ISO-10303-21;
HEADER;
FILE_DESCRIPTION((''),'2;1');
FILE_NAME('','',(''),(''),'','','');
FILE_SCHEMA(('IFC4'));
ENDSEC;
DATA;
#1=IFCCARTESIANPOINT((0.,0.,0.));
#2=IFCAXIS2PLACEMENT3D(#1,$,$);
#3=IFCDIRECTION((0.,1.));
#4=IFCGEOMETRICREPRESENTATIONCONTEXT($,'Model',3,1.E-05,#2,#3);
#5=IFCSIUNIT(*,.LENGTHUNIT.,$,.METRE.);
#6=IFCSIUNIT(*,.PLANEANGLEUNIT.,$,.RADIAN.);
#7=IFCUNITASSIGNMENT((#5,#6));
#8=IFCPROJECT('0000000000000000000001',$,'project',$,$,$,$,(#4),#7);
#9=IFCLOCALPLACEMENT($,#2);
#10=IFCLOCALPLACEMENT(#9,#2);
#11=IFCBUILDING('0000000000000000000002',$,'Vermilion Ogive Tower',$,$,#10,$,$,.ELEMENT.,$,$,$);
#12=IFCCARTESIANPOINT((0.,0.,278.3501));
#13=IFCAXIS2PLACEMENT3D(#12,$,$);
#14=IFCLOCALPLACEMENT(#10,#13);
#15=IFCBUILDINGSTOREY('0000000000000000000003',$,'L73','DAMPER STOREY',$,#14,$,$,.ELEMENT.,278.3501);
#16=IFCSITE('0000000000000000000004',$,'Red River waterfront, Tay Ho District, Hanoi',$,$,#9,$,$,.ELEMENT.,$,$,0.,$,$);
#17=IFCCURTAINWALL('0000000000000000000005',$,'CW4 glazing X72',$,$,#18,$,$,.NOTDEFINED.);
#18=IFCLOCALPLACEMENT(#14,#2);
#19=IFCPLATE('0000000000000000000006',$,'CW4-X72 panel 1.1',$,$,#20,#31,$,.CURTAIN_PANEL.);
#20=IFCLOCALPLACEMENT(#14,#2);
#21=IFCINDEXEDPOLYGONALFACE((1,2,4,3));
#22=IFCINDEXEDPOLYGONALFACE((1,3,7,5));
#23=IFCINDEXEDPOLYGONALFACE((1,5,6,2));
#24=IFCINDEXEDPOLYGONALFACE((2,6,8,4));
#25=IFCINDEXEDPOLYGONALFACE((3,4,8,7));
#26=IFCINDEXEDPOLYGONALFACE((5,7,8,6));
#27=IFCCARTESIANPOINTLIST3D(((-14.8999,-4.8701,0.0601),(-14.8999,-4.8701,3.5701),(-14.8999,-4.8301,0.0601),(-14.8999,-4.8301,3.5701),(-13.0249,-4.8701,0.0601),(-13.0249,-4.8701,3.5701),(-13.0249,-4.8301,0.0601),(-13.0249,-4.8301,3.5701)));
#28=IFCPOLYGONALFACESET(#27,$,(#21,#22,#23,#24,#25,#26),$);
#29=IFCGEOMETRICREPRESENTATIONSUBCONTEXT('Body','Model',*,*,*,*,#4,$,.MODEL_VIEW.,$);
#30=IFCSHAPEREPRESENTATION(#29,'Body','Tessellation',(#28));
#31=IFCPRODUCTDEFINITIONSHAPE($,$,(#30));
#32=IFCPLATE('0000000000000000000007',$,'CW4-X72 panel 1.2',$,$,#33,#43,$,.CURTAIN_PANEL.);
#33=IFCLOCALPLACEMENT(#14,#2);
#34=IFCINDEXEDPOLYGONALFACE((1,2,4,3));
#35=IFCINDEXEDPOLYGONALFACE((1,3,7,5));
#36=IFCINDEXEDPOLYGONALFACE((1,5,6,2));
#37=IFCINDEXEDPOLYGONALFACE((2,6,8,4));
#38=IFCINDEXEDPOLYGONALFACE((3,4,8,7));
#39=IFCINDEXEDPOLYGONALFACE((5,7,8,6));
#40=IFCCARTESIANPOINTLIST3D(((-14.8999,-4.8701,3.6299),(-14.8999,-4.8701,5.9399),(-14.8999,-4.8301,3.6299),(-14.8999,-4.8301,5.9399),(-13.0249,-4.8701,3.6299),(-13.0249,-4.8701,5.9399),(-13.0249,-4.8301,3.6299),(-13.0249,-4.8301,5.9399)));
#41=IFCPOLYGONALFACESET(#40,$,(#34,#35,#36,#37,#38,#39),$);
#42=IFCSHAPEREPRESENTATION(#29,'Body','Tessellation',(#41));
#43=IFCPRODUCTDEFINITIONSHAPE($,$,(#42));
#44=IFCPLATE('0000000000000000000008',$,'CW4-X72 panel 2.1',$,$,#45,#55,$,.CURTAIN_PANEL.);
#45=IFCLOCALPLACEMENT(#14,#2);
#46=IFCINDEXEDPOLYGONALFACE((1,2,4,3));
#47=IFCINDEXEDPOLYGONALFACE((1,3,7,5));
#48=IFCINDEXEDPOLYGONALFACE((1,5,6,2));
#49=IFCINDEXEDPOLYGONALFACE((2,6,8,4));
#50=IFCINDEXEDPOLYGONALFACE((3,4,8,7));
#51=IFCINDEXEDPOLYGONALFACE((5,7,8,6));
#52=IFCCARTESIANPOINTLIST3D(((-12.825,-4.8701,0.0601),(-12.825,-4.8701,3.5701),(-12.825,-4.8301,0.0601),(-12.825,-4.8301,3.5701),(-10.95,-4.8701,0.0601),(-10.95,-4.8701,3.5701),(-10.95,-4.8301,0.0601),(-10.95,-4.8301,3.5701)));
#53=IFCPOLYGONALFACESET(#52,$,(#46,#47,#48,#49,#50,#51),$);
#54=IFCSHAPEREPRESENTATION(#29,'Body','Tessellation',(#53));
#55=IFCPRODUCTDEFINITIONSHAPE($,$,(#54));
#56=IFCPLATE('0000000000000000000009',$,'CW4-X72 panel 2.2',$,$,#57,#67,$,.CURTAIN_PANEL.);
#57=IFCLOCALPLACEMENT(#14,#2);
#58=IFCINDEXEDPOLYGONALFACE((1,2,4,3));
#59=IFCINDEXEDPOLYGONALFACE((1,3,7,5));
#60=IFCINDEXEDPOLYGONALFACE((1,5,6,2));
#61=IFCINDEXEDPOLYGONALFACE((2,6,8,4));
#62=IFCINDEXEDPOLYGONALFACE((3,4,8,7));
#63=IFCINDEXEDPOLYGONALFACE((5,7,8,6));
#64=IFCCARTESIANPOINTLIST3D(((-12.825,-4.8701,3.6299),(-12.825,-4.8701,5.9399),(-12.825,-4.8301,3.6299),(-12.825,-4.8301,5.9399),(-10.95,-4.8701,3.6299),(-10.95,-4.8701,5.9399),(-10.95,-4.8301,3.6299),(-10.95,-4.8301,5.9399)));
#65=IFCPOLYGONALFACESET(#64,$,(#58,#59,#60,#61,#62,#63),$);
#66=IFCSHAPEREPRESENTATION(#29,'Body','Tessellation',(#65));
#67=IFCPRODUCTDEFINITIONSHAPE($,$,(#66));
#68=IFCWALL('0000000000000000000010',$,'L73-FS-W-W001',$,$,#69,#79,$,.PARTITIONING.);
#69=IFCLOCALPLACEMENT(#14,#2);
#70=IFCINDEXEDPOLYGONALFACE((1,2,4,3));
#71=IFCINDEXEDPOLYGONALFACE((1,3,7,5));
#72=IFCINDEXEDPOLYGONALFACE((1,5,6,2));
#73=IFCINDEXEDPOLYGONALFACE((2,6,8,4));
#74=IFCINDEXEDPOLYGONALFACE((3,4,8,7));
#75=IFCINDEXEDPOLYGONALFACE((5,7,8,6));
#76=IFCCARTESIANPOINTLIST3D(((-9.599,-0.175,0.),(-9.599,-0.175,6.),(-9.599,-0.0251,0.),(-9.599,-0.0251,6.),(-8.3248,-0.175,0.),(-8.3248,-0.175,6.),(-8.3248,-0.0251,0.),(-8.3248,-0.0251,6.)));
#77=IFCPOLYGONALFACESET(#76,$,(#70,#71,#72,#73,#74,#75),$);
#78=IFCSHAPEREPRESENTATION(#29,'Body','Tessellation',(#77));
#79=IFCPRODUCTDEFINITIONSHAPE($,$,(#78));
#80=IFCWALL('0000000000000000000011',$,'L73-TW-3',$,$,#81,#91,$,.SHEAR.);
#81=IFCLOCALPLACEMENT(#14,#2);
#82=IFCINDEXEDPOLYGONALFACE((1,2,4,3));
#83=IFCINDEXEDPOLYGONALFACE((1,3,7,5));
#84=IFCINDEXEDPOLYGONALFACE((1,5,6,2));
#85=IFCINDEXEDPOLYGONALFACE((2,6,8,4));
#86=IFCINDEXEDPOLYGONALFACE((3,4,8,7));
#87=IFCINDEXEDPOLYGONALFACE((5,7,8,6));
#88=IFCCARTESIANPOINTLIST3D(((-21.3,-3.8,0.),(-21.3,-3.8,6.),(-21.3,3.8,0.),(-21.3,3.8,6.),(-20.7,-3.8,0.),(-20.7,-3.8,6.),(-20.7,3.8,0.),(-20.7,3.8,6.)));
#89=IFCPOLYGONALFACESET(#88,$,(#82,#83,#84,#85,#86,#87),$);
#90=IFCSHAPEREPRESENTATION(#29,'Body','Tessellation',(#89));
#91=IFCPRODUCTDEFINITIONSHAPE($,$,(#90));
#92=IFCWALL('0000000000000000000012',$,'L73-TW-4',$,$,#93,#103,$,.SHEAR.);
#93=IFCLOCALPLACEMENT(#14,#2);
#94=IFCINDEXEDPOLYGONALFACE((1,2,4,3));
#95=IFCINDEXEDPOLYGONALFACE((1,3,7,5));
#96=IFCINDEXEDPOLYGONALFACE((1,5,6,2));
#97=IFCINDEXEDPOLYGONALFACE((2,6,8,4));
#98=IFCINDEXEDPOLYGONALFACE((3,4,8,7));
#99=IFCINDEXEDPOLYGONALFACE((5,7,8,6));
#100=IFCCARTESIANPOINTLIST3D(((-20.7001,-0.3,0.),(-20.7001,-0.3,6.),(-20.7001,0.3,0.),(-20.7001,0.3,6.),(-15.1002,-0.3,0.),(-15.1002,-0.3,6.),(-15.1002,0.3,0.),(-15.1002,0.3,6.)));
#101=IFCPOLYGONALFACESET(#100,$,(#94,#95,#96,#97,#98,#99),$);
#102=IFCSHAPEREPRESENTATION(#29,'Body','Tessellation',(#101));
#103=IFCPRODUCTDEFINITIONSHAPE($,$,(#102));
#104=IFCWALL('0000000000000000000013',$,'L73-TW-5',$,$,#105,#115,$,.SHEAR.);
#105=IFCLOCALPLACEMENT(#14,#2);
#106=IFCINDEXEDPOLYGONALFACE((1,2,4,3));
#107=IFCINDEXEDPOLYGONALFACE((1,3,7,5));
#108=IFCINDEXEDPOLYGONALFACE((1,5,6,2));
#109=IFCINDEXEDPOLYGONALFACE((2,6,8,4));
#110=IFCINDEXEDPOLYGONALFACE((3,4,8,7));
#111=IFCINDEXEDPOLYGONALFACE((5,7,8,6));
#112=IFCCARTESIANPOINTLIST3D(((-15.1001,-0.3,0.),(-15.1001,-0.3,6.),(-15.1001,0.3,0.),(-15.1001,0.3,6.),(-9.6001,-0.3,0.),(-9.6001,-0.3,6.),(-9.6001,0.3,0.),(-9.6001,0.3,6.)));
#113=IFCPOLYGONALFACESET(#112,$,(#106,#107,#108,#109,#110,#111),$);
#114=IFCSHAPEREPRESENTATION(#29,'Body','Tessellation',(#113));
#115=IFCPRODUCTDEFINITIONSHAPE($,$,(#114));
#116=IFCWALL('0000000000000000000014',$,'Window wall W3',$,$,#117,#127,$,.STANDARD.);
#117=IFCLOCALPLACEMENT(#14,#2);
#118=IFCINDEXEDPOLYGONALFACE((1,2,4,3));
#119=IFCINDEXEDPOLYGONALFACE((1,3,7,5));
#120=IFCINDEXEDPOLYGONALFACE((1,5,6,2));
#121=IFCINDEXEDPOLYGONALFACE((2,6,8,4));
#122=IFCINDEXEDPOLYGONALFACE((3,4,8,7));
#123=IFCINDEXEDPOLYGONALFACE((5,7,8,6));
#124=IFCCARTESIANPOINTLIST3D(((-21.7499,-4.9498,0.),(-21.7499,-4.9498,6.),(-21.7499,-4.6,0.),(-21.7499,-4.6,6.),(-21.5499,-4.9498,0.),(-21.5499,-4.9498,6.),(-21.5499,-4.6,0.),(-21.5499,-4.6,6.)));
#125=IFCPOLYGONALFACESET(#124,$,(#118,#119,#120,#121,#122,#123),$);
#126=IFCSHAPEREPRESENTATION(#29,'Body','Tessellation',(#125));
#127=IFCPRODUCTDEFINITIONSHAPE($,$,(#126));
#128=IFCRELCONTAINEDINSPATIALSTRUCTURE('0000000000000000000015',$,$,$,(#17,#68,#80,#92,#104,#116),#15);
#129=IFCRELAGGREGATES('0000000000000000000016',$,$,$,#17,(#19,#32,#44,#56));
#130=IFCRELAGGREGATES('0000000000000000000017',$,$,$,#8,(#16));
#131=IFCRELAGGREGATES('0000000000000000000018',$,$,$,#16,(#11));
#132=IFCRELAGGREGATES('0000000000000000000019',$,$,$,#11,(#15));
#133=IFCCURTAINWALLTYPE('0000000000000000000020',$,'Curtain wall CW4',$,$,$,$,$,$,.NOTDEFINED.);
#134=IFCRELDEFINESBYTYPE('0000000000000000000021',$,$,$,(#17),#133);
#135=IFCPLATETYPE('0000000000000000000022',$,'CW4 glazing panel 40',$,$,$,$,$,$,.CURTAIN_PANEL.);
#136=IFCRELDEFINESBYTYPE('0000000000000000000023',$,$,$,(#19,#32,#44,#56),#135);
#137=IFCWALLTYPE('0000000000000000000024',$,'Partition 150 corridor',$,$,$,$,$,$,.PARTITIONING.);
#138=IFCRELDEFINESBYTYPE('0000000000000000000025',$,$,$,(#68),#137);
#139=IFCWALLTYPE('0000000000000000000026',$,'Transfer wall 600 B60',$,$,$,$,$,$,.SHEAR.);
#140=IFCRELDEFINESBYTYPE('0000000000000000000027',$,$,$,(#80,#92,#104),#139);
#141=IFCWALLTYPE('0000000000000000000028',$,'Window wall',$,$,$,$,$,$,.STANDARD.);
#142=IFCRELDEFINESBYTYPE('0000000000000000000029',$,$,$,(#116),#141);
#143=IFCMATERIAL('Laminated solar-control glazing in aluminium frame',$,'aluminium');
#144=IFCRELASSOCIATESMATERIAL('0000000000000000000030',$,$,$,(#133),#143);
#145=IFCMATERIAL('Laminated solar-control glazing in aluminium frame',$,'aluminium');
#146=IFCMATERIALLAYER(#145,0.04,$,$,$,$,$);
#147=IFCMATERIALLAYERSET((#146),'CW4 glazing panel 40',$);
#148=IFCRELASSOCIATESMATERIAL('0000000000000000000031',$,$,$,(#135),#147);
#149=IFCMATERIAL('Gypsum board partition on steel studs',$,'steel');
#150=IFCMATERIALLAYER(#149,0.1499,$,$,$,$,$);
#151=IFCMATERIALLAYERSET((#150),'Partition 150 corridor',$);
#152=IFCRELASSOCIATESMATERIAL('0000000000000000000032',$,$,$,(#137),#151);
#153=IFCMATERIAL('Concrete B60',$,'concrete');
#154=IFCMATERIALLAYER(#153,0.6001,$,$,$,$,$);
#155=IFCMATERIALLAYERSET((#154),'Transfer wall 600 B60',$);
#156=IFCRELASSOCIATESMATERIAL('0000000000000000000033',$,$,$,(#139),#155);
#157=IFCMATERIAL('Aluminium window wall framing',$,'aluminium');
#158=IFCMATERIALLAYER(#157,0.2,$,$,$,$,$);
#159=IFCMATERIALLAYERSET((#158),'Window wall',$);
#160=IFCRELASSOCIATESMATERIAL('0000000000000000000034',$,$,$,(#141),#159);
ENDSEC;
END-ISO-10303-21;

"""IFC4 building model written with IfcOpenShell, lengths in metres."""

from ifc_helpers import new_model, si_unit, direction, frame, frame_2d, origin, origin_2d, place, context, subcontext, project, spatial, rectangle, extrude, material, layer, layer_set, type_object, element, aggregate, save


model = new_model("IFC4")

# Units and contexts
model_context = context("Model", 3, precision=1e-05, world=origin(), true_north=direction((0.0, 1.0)))
body_context = subcontext(model_context, "Body", "Model", "MODEL_VIEW")
ifc_project = project(units=[si_unit("LENGTHUNIT", "METRE"), si_unit("PLANEANGLEUNIT", "RADIAN")], contexts=[model_context])

# Site, building, storey
site_placement = place(None, origin())
site = spatial("IfcSite", under=ifc_project, at=site_placement, Name="Red River waterfront, Tay Ho District, Hanoi", CompositionType="ELEMENT", RefElevation=0.0)
building_placement = place(site_placement, origin())
building = spatial("IfcBuilding", under=site, at=building_placement, Name="Vermilion Ogive Tower", CompositionType="ELEMENT")
storey_placement = place(building_placement, frame((0.0, 0.0, 278.3501)))
storey = spatial("IfcBuildingStorey", under=building, at=storey_placement, Name="L73", Description="DAMPER STOREY", CompositionType="ELEMENT", Elevation=278.3501)

# Shared definitions
ifc_material_1 = material(Name="Laminated solar-control glazing in aluminium frame", Category="aluminium")
curtain_wall_type = type_object("IfcCurtainWallType", Name="Curtain wall CW4", PredefinedType="NOTDEFINED", material=ifc_material_1)

# Curtain wall
curtain_wall_1_placement = place(storey_placement, origin())
curtain_wall_1 = element("IfcCurtainWall", 1, at=curtain_wall_1_placement, inside=storey, type_object=curtain_wall_type, Name="CW4 glazing X72", PredefinedType="NOTDEFINED")

# Plates
ifc_material_2 = material(Name="Laminated solar-control glazing in aluminium frame", Category="aluminium")
ifc_layer_1 = layer(ifc_material_2, 0.04)
ifc_layer_set_1 = layer_set([ifc_layer_1], Name="CW4 glazing panel 40")
plate_type = type_object("IfcPlateType", Name="CW4 glazing panel 40", PredefinedType="CURTAIN_PANEL", material=ifc_layer_set_1)
plate_1_placement = place(storey_placement, frame((-13.9624, -4.8501, 0.0601), z_axis=(0.0, 0.0, 1.0), x_axis=(1.0, 0.0, 0.0)))
plate_1 = element("IfcPlate", 2, at=plate_1_placement, type_object=plate_type, Name="CW4-X72 panel 1.1", PredefinedType="CURTAIN_PANEL", context=body_context, shape_type="SweptSolid", body=[
    extrude(rectangle(XDim=1.875, YDim=0.04, at=origin_2d()), origin(), (0.0, 0.0, 1.0), 3.51),
])
plate_2_placement = place(storey_placement, frame((-13.9624, -4.8501, 3.6299), z_axis=(0.0, 0.0, 1.0), x_axis=(1.0, 0.0, 0.0)))
plate_2 = element("IfcPlate", 3, at=plate_2_placement, type_object=plate_type, Name="CW4-X72 panel 1.2", PredefinedType="CURTAIN_PANEL", context=body_context, shape_type="SweptSolid", body=[
    extrude(rectangle(XDim=1.875, YDim=0.04, at=origin_2d()), origin(), (0.0, 0.0, 1.0), 2.3101),
])
plate_3_placement = place(storey_placement, frame((-11.8875, -4.8501, 0.0601), z_axis=(0.0, 0.0, 1.0), x_axis=(1.0, 0.0, 0.0)))
plate_3 = element("IfcPlate", 4, at=plate_3_placement, type_object=plate_type, Name="CW4-X72 panel 2.1", PredefinedType="CURTAIN_PANEL", context=body_context, shape_type="SweptSolid", body=[
    extrude(rectangle(XDim=1.875, YDim=0.04, at=origin_2d()), origin(), (0.0, 0.0, 1.0), 3.51),
])
plate_4_placement = place(storey_placement, frame((-11.8875, -4.8501, 3.6299), z_axis=(0.0, 0.0, 1.0), x_axis=(1.0, 0.0, 0.0)))
plate_4 = element("IfcPlate", 5, at=plate_4_placement, type_object=plate_type, Name="CW4-X72 panel 2.2", PredefinedType="CURTAIN_PANEL", context=body_context, shape_type="SweptSolid", body=[
    extrude(rectangle(XDim=1.875, YDim=0.04, at=origin_2d()), origin(), (0.0, 0.0, 1.0), 2.3101),
])
aggregate(curtain_wall_1, [plate_1, plate_2, plate_3, plate_4])

# Walls
ifc_material_3 = material(Name="Gypsum board partition on steel studs", Category="steel")
ifc_layer_2 = layer(ifc_material_3, 0.1499)
ifc_layer_set_2 = layer_set([ifc_layer_2], Name="Partition 150 corridor")
wall_type_1 = type_object("IfcWallType", Name="Partition 150 corridor", PredefinedType="PARTITIONING", material=ifc_layer_set_2)
wall_1_placement = place(storey_placement, frame((-9.5991, -0.1001, 0.0), z_axis=(0.0, 0.0, 1.0), x_axis=(1.0, 0.0, 0.0)))
element("IfcWall", 6, at=wall_1_placement, inside=storey, type_object=wall_type_1, Name="L73-FS-W-W001", PredefinedType="PARTITIONING", context=body_context, shape_type="SweptSolid", body=[
    extrude(rectangle(XDim=1.2742, YDim=0.1499, at=frame_2d((0.6372, 0.0))), origin(), (0.0, 0.0, 1.0), 6.0),
])
ifc_material_4 = material(Name="Concrete B60", Category="concrete")
ifc_layer_3 = layer(ifc_material_4, 0.6001)
ifc_layer_set_3 = layer_set([ifc_layer_3], Name="Transfer wall 600 B60")
wall_type_2 = type_object("IfcWallType", Name="Transfer wall 600 B60", PredefinedType="SHEAR", material=ifc_layer_set_3)
wall_2_placement = place(storey_placement, frame((-21.0, -3.8, 0.0), z_axis=(0.0, 0.0, 1.0), x_axis=(0.0, 1.0, 0.0)))
element("IfcWall", 7, at=wall_2_placement, inside=storey, type_object=wall_type_2, Name="L73-TW-3", PredefinedType="SHEAR", context=body_context, shape_type="SweptSolid", body=[
    extrude(rectangle(XDim=7.6001, YDim=0.6001, at=frame_2d((3.8, 0.0))), origin(), (0.0, 0.0, 1.0), 6.0),
])
wall_3_placement = place(storey_placement, frame((-20.7, 0.0, 0.0), z_axis=(0.0, 0.0, 1.0), x_axis=(1.0, 0.0, 0.0)))
element("IfcWall", 8, at=wall_3_placement, inside=storey, type_object=wall_type_2, Name="L73-TW-4", PredefinedType="SHEAR", context=body_context, shape_type="SweptSolid", body=[
    extrude(rectangle(XDim=5.5999, YDim=0.6001, at=frame_2d((2.7998, 0.0))), origin(), (0.0, 0.0, 1.0), 6.0),
])
wall_4_placement = place(storey_placement, frame((-15.1001, 0.0, 0.0), z_axis=(0.0, 0.0, 1.0), x_axis=(1.0, 0.0, 0.0)))
element("IfcWall", 9, at=wall_4_placement, inside=storey, type_object=wall_type_2, Name="L73-TW-5", PredefinedType="SHEAR", context=body_context, shape_type="SweptSolid", body=[
    extrude(rectangle(XDim=5.5, YDim=0.6001, at=frame_2d((2.75, 0.0))), origin(), (0.0, 0.0, 1.0), 6.0),
])
ifc_material_5 = material(Name="Aluminium window wall framing", Category="aluminium")
ifc_layer_4 = layer(ifc_material_5, 0.2)
ifc_layer_set_4 = layer_set([ifc_layer_4], Name="Window wall")
wall_type_3 = type_object("IfcWallType", Name="Window wall", PredefinedType="STANDARD", material=ifc_layer_set_4)
wall_5_placement = place(storey_placement, frame((-21.6499, -4.6001, 0.0), z_axis=(0.0, 0.0, 1.0), x_axis=(0.0, -1.0, 0.0)))
element("IfcWall", 10, at=wall_5_placement, inside=storey, type_object=wall_type_3, Name="Window wall W3", PredefinedType="STANDARD", context=body_context, shape_type="SweptSolid", body=[
    extrude(rectangle(XDim=0.3499, YDim=0.2, at=frame_2d((0.1748, 0.0))), origin(), (0.0, 0.0, 1.0), 6.0),
])

save(model, "model.ifc")
